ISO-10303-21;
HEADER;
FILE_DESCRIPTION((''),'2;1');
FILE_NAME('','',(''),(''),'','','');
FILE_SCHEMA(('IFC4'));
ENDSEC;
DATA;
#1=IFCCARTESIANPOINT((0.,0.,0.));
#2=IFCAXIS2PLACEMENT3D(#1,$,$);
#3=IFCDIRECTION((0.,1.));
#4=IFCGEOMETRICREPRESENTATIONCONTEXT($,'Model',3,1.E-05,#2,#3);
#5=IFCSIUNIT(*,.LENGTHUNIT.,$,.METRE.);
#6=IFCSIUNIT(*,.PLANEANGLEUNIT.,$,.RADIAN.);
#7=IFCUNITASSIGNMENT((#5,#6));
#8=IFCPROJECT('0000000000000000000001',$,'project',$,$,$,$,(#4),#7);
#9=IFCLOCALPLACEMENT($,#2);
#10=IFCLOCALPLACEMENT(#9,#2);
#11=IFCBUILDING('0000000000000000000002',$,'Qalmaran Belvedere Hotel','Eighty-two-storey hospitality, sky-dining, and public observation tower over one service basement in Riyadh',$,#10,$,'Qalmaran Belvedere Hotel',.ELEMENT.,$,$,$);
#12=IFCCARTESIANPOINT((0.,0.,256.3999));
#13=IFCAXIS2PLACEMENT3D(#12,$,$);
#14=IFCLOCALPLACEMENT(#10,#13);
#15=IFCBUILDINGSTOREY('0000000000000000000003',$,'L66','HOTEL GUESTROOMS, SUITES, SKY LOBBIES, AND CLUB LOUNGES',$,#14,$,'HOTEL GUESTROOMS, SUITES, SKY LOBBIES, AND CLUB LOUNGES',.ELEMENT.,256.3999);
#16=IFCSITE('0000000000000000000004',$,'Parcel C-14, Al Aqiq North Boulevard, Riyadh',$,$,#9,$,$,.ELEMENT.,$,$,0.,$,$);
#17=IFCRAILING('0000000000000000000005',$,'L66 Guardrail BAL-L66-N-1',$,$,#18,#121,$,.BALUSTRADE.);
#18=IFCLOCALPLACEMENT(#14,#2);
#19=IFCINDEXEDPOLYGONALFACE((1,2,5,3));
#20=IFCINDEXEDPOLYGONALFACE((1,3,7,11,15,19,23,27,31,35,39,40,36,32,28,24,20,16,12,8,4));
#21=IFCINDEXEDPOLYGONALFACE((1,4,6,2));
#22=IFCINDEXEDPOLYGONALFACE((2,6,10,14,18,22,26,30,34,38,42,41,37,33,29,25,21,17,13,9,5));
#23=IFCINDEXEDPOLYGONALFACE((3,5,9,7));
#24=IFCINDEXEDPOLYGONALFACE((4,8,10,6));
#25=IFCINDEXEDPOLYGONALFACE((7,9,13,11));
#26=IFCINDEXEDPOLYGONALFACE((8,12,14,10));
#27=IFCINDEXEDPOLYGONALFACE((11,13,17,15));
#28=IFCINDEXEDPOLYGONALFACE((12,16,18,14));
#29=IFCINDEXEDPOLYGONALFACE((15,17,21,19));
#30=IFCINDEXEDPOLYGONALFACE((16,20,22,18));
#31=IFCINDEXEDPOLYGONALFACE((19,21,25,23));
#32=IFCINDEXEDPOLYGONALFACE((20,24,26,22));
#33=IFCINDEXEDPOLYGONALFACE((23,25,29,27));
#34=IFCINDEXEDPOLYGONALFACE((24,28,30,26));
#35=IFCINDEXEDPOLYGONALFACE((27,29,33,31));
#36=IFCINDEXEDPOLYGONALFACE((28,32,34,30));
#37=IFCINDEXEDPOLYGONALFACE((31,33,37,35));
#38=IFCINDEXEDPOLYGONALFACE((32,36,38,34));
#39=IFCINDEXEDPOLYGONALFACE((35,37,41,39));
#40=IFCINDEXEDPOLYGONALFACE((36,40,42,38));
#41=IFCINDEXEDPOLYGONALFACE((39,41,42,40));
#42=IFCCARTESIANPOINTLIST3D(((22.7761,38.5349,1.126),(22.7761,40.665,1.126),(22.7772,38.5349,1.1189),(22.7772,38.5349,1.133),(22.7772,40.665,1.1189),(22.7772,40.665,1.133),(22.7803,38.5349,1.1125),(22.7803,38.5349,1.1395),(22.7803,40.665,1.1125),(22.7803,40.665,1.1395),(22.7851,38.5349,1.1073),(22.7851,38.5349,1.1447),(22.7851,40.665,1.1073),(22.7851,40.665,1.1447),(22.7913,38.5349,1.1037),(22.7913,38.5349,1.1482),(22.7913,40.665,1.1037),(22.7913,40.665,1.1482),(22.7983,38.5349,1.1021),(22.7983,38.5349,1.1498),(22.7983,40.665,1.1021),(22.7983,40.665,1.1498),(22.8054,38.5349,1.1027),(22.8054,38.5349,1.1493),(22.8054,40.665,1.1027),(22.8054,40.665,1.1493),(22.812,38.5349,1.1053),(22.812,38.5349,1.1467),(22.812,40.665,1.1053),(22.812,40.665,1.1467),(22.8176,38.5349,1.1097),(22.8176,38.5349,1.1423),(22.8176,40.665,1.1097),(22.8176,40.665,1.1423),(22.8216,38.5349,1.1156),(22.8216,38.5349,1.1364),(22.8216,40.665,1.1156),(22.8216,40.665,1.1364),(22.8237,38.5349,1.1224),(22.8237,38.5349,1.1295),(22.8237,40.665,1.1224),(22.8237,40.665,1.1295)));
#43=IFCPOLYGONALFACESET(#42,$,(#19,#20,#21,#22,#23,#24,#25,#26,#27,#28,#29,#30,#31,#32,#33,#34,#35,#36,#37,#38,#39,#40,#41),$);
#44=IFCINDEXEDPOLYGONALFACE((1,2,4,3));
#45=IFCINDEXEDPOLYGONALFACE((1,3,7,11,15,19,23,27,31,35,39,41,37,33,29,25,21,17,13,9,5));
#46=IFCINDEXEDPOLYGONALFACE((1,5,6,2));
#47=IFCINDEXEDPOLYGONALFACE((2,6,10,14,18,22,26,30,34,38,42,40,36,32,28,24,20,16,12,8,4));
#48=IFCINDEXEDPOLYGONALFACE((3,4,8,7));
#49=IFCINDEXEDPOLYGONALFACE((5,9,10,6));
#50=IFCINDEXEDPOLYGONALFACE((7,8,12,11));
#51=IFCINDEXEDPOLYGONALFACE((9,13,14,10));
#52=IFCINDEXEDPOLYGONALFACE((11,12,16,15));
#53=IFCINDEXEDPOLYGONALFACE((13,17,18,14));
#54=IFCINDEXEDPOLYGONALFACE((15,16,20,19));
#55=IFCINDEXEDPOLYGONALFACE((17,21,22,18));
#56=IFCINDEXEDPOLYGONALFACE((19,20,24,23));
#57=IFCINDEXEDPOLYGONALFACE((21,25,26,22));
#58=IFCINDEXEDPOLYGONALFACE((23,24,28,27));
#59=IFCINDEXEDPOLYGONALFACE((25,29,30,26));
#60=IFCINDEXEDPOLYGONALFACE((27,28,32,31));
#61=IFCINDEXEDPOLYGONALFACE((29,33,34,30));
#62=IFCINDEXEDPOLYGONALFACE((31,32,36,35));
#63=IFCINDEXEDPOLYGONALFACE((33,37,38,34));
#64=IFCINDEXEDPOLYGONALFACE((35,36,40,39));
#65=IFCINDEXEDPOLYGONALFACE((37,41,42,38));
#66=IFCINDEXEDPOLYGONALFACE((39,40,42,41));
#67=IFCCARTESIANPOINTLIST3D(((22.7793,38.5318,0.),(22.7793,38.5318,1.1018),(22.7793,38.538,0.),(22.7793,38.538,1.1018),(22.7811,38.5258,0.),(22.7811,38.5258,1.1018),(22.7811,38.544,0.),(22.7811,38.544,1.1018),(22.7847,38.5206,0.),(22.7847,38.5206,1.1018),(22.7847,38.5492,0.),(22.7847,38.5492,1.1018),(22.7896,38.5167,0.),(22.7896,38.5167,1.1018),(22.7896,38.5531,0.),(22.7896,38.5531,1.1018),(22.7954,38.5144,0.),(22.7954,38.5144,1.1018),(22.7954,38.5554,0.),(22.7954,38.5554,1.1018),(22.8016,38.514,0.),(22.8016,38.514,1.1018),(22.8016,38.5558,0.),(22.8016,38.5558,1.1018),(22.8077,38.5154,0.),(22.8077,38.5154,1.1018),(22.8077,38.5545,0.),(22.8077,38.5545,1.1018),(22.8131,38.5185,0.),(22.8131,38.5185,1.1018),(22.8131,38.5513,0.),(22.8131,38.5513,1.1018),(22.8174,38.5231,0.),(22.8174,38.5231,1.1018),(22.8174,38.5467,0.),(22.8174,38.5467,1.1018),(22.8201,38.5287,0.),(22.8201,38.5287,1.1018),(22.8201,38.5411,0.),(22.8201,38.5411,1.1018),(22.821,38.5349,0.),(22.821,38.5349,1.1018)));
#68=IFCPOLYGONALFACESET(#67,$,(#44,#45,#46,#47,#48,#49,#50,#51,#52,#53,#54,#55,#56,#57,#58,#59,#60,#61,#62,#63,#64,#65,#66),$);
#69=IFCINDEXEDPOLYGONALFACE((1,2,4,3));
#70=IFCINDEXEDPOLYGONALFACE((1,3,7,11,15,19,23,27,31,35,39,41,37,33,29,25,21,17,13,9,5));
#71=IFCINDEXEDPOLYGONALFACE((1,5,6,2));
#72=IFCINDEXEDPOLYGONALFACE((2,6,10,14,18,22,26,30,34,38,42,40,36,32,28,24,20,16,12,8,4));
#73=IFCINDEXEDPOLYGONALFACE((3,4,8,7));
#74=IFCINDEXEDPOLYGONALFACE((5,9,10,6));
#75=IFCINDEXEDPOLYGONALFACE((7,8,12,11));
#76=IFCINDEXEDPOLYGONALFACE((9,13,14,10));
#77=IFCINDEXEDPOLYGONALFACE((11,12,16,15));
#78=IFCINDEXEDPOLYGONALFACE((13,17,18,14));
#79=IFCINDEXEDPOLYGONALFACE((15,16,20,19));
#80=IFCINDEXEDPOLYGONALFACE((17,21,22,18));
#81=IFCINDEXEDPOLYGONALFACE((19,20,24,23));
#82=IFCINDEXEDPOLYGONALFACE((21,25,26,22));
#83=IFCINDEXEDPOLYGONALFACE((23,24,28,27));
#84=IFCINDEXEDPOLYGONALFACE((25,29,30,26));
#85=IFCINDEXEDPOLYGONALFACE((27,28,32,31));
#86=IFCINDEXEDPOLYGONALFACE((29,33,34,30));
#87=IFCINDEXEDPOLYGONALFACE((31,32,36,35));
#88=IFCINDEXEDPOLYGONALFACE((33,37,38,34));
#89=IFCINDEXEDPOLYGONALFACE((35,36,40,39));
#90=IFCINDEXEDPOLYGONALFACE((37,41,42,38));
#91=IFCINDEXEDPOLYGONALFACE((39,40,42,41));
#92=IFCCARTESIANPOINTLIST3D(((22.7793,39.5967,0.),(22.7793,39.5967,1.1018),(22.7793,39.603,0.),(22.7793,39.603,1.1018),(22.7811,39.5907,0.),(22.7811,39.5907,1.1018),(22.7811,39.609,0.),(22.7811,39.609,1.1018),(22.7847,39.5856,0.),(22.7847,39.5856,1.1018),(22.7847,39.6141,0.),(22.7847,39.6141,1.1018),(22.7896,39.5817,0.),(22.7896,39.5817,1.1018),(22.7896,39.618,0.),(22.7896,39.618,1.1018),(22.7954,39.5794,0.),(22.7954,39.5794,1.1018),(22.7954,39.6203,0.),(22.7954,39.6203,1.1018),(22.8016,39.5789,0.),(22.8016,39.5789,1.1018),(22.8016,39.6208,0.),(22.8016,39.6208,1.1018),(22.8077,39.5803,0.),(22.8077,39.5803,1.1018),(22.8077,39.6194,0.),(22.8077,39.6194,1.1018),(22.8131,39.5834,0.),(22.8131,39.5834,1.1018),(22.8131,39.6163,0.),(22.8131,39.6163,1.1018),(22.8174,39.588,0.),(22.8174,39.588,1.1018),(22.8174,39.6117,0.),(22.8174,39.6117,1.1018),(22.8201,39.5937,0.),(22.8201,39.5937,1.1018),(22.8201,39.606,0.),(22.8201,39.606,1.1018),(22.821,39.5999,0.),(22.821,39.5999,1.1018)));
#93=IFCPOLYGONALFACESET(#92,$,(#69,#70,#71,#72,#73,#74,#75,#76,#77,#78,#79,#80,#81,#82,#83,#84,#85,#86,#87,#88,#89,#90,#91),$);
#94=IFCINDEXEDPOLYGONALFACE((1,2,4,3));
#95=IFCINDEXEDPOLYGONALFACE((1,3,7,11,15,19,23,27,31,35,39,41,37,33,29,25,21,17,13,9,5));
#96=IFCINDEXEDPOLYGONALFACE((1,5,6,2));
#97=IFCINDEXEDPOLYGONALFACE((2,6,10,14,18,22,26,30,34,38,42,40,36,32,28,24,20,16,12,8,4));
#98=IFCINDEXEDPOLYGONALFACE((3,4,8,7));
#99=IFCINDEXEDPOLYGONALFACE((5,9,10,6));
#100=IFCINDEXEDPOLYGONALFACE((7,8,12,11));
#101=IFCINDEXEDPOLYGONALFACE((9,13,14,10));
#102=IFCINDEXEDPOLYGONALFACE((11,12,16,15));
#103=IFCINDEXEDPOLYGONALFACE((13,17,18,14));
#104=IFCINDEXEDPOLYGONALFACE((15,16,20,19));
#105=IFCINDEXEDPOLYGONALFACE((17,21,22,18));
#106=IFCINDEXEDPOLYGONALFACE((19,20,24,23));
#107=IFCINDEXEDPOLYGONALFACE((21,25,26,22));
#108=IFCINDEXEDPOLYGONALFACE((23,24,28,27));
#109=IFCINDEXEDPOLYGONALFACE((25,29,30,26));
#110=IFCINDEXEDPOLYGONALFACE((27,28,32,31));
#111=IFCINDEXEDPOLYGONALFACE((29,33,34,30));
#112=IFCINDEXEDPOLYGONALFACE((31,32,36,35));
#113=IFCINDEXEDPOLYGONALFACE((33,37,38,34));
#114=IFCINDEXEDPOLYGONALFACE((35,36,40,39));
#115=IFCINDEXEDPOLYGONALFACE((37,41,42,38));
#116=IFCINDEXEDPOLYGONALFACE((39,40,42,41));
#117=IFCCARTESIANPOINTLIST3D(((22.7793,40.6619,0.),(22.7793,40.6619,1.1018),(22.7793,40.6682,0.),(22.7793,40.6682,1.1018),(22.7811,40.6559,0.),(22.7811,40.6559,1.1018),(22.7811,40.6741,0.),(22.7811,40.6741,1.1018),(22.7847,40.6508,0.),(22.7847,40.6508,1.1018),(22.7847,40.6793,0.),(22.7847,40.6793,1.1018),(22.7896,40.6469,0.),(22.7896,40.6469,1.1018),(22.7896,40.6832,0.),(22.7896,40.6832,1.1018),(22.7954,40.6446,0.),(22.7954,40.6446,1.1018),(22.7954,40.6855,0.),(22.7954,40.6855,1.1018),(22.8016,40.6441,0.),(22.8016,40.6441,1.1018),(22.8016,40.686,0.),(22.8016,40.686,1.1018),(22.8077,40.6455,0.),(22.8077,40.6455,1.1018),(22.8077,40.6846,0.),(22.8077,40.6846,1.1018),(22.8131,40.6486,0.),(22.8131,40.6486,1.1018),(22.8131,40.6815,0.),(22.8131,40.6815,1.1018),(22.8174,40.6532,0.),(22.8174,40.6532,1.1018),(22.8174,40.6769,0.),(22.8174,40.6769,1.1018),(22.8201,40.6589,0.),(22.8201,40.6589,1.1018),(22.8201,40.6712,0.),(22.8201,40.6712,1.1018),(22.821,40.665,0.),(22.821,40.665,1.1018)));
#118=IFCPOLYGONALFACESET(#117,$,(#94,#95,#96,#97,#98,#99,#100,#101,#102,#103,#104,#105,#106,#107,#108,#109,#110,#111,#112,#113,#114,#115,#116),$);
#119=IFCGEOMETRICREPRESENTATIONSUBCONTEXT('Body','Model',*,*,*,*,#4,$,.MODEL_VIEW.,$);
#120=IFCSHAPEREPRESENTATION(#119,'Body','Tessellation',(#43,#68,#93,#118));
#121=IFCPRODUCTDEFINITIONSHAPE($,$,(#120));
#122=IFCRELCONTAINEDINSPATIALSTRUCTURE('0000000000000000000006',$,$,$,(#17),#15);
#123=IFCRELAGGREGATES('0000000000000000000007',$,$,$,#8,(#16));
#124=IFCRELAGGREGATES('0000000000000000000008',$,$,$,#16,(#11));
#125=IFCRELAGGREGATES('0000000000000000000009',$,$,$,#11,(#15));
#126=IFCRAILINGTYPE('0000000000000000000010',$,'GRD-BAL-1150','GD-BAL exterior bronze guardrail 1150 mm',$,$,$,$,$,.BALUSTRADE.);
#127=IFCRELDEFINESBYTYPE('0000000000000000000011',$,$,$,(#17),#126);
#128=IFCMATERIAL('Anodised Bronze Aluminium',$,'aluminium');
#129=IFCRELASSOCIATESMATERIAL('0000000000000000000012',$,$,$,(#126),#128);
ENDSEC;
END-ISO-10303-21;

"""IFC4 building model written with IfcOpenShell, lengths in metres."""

from ifc_helpers import new_model, si_unit, direction, frame, origin, origin_2d, place, context, subcontext, project, spatial, circle, extrude, material, type_object, element, save


model = new_model("IFC4")

# Units and contexts
model_context = context("Model", 3, precision=1e-05, world=origin(), true_north=direction((0.0, 1.0)))
body_context = subcontext(model_context, "Body", "Model", "MODEL_VIEW")
ifc_project = project(units=[si_unit("LENGTHUNIT", "METRE"), si_unit("PLANEANGLEUNIT", "RADIAN")], contexts=[model_context])

# Site, building, storey
site_placement = place(None, origin())
site = spatial("IfcSite", under=ifc_project, at=site_placement, Name="Parcel C-14, Al Aqiq North Boulevard, Riyadh", CompositionType="ELEMENT", RefElevation=0.0)
building_placement = place(site_placement, origin())
building = spatial("IfcBuilding", under=site, at=building_placement, Name="Qalmaran Belvedere Hotel", Description="Eighty-two-storey hospitality, sky-dining, and public observation tower over one service basement in Riyadh", LongName="Qalmaran Belvedere Hotel", CompositionType="ELEMENT")
storey_placement = place(building_placement, frame((0.0, 0.0, 256.3999)))
storey = spatial("IfcBuildingStorey", under=building, at=storey_placement, Name="L66", Description="HOTEL GUESTROOMS, SUITES, SKY LOBBIES, AND CLUB LOUNGES", LongName="HOTEL GUESTROOMS, SUITES, SKY LOBBIES, AND CLUB LOUNGES", CompositionType="ELEMENT", Elevation=256.3999)

# Shared definitions
ifc_material_1 = material(Name="Anodised Bronze Aluminium", Category="aluminium")

# Railing
railing_type = type_object("IfcRailingType", Name="GRD-BAL-1150", Description="GD-BAL exterior bronze guardrail 1150 mm", PredefinedType="BALUSTRADE", material=ifc_material_1)
railing_1_placement = place(storey_placement, frame((22.8, 38.5349, 0.0)))
element("IfcRailing", 1, at=railing_1_placement, inside=storey, type_object=railing_type, Name="L66 Guardrail BAL-L66-N-1", PredefinedType="BALUSTRADE", context=body_context, shape_type="SweptSolid", body=[
    extrude(circle(Radius=0.0239, at=origin_2d()), frame((0.0, 0.0, 1.126), z_axis=(0.0, 1.0, 0.0), x_axis=(-1.0, 0.0, 0.0)), (0.0, 0.0, 1.0), 2.1301),
    extrude(circle(Radius=0.021, at=origin_2d()), origin(), (0.0, 0.0, 1.0), 1.1018),
    extrude(circle(Radius=0.021, at=origin_2d()), frame((0.0, 1.0649, 0.0)), (0.0, 0.0, 1.0), 1.1018),
    extrude(circle(Radius=0.021, at=origin_2d()), frame((0.0, 2.1301, 0.0)), (0.0, 0.0, 1.0), 1.1018),
])

save(model, "model.ifc")
